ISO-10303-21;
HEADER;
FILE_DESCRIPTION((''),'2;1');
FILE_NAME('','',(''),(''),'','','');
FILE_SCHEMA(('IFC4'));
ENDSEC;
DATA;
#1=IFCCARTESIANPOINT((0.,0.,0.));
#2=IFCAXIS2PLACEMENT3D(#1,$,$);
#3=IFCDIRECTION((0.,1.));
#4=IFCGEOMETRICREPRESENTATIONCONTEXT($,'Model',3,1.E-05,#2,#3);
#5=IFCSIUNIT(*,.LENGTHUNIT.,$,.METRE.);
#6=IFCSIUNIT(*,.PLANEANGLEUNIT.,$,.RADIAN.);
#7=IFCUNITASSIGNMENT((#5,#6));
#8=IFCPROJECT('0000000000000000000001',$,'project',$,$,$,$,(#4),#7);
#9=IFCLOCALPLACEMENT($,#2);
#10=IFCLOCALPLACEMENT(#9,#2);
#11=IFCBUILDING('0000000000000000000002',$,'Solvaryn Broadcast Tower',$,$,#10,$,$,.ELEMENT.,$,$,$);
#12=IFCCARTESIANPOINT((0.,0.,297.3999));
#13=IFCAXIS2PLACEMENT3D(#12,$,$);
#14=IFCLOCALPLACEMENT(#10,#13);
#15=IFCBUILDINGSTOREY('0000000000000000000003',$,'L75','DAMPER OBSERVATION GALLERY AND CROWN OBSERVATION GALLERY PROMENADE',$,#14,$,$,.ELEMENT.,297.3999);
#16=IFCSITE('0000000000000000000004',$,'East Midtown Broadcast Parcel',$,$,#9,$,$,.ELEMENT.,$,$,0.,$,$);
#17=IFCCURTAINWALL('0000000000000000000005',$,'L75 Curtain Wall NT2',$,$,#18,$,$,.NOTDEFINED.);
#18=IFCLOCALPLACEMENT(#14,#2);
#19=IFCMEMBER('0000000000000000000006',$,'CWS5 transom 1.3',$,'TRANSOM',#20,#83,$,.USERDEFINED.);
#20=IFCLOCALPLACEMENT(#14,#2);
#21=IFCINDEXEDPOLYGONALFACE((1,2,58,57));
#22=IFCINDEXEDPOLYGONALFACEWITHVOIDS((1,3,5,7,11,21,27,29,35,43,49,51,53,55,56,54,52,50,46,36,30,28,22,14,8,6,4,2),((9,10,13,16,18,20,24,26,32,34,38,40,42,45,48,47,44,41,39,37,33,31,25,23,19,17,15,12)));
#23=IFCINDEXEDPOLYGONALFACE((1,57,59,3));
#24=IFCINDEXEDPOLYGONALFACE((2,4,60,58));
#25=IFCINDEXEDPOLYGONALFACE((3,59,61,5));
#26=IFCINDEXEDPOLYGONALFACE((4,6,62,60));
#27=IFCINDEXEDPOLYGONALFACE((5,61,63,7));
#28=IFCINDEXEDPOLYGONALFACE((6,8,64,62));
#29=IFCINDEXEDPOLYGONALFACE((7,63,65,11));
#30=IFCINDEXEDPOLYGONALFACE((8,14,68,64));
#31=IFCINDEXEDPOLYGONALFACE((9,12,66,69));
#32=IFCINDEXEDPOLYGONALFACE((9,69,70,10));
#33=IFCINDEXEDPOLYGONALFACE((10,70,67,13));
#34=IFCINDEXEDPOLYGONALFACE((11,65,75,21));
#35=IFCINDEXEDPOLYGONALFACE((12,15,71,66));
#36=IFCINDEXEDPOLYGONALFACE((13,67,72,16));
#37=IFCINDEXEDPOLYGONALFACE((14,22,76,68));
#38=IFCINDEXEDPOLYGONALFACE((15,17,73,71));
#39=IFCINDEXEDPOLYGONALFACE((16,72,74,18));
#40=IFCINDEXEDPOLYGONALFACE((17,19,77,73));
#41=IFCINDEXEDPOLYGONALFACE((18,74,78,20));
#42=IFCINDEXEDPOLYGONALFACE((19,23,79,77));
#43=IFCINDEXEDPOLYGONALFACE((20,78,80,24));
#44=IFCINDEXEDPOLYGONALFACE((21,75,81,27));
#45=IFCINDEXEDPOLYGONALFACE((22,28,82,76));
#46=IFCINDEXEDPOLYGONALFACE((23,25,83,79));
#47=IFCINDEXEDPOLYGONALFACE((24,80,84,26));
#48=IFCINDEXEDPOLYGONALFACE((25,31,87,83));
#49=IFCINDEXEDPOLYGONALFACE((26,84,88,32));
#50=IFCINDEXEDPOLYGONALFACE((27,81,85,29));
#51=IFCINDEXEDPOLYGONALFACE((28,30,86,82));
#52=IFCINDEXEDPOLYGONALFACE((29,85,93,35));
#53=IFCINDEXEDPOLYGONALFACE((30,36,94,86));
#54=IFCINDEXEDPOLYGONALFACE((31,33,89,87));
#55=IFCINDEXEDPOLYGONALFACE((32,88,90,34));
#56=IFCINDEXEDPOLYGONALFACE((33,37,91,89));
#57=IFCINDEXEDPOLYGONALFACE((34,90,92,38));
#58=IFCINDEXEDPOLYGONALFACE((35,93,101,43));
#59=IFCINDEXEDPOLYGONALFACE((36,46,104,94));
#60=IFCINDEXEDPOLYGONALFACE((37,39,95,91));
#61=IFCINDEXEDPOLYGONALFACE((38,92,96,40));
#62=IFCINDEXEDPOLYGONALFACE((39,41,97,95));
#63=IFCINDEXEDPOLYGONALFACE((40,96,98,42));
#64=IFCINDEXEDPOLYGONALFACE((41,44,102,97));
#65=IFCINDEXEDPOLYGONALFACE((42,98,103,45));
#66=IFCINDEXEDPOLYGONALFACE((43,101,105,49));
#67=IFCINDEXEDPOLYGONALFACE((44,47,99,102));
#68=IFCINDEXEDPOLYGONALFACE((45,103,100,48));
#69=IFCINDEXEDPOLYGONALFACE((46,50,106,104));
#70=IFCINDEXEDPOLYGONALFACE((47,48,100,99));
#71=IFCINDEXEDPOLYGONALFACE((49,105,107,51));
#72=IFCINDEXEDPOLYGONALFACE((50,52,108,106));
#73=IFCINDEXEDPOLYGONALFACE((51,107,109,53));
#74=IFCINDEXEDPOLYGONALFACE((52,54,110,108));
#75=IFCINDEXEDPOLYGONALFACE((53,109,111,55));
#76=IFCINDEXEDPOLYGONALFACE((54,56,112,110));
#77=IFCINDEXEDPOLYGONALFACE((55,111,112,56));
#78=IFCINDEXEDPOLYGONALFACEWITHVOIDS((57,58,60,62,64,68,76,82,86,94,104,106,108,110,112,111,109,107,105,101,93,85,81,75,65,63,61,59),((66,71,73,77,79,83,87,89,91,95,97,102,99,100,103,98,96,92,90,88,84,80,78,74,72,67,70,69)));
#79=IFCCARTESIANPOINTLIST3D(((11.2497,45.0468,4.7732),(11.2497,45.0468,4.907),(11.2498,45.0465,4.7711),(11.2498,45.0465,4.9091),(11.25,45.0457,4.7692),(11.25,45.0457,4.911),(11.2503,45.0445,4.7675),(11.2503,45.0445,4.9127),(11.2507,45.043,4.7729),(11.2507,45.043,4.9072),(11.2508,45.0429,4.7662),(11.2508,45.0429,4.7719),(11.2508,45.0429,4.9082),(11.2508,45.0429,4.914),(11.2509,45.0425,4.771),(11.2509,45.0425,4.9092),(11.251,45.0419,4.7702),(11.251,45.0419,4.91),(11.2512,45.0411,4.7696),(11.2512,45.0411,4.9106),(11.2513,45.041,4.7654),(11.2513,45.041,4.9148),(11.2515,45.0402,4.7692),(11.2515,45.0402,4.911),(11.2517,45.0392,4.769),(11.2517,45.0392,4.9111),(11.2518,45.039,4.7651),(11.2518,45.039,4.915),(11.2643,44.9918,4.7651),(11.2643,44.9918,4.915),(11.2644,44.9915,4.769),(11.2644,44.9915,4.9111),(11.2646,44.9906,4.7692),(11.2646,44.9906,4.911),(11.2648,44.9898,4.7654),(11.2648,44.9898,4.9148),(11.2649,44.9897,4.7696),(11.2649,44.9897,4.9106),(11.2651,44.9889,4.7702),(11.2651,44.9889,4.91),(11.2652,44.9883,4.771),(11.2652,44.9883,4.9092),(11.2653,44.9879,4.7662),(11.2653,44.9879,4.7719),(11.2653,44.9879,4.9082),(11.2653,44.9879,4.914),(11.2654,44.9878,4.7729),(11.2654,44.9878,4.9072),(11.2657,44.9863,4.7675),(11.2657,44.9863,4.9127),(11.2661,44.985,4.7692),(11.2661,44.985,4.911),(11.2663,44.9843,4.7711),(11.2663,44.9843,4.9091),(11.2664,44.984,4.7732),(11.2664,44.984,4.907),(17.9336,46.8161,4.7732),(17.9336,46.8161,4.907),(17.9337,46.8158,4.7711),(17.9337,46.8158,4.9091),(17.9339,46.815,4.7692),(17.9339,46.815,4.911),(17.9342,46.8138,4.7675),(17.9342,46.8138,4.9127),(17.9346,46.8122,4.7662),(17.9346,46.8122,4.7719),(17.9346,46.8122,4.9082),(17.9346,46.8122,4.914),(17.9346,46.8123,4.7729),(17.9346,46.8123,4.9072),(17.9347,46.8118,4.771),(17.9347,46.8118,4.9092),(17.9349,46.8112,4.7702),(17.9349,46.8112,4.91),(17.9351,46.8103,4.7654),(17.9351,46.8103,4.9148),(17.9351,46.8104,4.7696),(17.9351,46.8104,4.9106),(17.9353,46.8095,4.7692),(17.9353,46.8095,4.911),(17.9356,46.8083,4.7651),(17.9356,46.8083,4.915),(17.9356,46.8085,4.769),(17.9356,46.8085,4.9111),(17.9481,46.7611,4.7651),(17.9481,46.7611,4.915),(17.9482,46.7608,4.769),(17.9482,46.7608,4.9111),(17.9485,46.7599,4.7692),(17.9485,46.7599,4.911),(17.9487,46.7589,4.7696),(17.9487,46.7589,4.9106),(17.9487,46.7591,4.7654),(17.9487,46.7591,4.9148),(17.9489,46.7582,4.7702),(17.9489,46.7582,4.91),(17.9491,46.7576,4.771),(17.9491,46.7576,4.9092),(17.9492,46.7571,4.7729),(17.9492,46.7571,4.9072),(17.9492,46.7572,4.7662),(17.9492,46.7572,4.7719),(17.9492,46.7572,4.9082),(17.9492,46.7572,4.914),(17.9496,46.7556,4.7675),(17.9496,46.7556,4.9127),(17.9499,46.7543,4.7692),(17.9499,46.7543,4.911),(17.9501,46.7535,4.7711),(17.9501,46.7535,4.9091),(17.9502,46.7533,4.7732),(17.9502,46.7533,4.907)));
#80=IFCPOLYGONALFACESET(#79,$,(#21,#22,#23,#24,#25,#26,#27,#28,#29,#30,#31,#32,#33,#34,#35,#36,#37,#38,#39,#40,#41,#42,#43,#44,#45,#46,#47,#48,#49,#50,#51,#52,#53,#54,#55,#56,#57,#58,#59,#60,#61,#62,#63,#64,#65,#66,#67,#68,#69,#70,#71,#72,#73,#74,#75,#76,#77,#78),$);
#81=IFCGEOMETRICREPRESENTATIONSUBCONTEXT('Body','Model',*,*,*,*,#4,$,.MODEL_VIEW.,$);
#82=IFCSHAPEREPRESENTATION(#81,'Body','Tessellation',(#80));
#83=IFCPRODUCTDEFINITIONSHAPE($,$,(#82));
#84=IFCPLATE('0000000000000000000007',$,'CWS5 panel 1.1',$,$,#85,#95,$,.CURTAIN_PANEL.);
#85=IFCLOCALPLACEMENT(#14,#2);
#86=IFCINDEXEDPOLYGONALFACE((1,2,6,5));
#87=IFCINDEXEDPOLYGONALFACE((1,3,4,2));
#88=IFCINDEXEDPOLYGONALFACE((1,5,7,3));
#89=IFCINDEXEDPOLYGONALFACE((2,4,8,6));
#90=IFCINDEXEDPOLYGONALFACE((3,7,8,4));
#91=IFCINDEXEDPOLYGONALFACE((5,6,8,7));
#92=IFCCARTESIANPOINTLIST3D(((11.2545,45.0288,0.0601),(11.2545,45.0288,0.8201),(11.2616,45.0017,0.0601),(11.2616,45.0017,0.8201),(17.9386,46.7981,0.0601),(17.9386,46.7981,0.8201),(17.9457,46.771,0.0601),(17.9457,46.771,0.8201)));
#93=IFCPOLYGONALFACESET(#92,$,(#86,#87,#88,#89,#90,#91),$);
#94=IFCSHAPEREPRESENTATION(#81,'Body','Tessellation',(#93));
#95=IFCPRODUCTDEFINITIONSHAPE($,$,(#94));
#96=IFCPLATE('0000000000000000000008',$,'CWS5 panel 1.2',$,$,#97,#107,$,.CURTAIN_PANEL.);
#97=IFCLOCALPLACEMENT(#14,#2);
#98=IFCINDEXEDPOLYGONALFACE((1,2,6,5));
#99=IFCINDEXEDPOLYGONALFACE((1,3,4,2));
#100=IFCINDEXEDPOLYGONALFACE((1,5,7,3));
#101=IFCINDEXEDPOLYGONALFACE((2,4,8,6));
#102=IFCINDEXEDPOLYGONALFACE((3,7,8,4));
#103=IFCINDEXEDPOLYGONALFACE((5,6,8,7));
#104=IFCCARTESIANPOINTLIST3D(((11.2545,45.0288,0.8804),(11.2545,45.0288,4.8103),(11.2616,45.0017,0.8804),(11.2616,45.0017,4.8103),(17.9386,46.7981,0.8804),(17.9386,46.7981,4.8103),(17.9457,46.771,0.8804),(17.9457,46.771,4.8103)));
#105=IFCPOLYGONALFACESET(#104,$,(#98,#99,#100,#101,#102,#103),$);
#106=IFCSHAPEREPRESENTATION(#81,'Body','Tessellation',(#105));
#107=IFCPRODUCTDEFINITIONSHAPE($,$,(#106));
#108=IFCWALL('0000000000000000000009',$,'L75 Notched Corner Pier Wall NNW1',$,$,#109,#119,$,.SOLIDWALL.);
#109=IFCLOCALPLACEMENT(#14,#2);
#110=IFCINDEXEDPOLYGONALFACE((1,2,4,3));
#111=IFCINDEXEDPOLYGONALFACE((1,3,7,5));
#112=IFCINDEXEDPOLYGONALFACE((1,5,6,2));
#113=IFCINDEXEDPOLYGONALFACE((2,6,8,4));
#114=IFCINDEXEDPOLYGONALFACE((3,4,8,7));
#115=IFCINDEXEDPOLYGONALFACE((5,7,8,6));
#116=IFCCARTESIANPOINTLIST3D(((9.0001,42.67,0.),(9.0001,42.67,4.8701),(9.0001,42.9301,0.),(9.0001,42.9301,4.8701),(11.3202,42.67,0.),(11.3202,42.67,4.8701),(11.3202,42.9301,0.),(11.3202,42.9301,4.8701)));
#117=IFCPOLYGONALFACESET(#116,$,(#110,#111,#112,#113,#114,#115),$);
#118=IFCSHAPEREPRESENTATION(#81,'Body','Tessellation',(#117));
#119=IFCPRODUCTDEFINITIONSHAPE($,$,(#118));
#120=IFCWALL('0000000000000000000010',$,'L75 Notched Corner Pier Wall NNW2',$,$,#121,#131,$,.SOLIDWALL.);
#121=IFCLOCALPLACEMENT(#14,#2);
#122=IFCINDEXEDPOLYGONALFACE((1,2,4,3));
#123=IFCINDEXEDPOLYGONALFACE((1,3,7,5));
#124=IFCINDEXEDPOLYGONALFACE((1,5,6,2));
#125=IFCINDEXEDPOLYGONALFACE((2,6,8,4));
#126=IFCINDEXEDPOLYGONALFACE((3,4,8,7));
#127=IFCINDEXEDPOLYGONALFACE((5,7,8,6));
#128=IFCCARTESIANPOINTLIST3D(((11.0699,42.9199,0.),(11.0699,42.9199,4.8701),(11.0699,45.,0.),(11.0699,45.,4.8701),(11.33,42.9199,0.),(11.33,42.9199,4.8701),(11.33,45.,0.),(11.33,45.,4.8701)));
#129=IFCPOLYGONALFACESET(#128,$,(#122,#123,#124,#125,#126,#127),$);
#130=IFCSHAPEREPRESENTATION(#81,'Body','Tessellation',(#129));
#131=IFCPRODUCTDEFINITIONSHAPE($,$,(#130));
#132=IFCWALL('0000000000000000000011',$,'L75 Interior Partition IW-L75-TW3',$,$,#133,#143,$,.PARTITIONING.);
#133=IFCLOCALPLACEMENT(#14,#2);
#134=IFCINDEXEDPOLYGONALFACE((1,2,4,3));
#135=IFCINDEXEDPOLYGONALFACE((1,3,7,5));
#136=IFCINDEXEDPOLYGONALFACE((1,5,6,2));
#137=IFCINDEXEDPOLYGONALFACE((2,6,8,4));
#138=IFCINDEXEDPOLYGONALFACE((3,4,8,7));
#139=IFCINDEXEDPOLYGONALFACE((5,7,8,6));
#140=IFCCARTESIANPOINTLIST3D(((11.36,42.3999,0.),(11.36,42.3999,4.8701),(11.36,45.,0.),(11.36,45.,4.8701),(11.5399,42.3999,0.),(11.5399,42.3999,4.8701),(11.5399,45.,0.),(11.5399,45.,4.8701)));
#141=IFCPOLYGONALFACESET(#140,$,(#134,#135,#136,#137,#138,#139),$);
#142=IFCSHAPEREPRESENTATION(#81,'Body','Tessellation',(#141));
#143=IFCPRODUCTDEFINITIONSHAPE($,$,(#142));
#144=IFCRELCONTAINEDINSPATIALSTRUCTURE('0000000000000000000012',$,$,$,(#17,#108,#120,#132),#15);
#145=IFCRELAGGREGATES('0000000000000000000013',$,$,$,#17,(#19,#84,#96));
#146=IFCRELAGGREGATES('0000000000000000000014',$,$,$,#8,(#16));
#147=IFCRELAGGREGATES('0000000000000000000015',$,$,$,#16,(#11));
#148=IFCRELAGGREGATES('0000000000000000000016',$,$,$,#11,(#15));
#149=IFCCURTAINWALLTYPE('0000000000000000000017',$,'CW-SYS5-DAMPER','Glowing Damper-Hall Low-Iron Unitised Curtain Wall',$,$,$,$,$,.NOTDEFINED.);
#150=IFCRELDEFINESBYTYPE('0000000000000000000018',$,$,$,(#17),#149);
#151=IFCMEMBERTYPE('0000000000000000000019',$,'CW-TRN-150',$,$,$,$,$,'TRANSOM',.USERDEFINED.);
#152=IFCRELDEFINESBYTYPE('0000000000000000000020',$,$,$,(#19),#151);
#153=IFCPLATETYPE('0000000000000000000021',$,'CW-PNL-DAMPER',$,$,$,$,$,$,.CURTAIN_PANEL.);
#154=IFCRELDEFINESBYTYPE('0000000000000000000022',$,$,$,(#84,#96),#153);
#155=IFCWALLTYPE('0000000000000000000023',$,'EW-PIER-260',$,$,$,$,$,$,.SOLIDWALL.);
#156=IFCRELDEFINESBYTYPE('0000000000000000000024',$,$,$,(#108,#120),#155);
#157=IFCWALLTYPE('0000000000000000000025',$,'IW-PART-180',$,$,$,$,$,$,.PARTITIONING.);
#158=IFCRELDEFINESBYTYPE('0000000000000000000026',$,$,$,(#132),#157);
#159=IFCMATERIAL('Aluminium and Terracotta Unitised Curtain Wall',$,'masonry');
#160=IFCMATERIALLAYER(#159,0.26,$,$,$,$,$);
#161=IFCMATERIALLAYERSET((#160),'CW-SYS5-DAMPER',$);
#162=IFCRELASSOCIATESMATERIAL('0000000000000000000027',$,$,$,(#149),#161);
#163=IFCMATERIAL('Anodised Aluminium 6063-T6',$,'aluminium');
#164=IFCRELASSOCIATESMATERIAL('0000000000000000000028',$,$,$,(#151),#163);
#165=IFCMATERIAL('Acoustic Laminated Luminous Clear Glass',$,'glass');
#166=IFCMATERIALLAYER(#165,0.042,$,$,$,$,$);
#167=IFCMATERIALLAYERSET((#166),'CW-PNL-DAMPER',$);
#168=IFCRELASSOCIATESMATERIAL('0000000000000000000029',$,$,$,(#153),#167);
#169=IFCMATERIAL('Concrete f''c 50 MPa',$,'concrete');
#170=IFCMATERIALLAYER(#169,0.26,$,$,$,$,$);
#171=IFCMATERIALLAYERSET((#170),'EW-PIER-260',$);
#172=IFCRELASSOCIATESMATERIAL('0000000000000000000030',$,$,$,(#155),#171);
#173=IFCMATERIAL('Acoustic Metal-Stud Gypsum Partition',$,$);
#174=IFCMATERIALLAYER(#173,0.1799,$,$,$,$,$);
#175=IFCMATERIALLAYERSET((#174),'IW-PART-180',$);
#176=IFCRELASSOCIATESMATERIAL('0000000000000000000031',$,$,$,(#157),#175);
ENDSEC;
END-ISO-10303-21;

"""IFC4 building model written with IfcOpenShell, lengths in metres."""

from ifc_helpers import new_model, si_unit, direction, frame, frame_2d, origin, origin_2d, place, context, subcontext, project, spatial, rectangle, hollow_rectangle, extrude, material, layer, layer_set, material_profile, profile_set, type_object, element, aggregate, save


model = new_model("IFC4")

# Units and contexts
model_context = context("Model", 3, precision=1e-05, world=origin(), true_north=direction((0.0, 1.0)))
body_context = subcontext(model_context, "Body", "Model", "MODEL_VIEW")
ifc_project = project(units=[si_unit("LENGTHUNIT", "METRE"), si_unit("PLANEANGLEUNIT", "RADIAN")], contexts=[model_context])

# Site, building, storey
site_placement = place(None, origin())
site = spatial("IfcSite", under=ifc_project, at=site_placement, Name="East Midtown Broadcast Parcel", CompositionType="ELEMENT", RefElevation=0.0)
building_placement = place(site_placement, origin())
building = spatial("IfcBuilding", under=site, at=building_placement, Name="Solvaryn Broadcast Tower", CompositionType="ELEMENT")
storey_placement = place(building_placement, frame((0.0, 0.0, 297.3999)))
storey = spatial("IfcBuildingStorey", under=building, at=storey_placement, Name="L75", Description="DAMPER OBSERVATION GALLERY AND CROWN OBSERVATION GALLERY PROMENADE", CompositionType="ELEMENT", Elevation=297.3999)

# Shared definitions
ifc_material_1 = material(Name="Aluminium and Terracotta Unitised Curtain Wall", Category="masonry")
ifc_layer_1 = layer(ifc_material_1, 0.26)
ifc_layer_set_1 = layer_set([ifc_layer_1], Name="CW-SYS5-DAMPER")
curtain_wall_type = type_object("IfcCurtainWallType", Name="CW-SYS5-DAMPER", Description="Glowing Damper-Hall Low-Iron Unitised Curtain Wall", PredefinedType="NOTDEFINED", material=ifc_layer_set_1)

# Curtain wall
curtain_wall_1_placement = place(storey_placement, origin())
curtain_wall_1 = element("IfcCurtainWall", 1, at=curtain_wall_1_placement, inside=storey, type_object=curtain_wall_type, Name="L75 Curtain Wall NT2", PredefinedType="NOTDEFINED")

# Member
ifc_material_2 = material(Name="Anodised Aluminium 6063-T6", Category="aluminium")
ifc_material_profile_1 = material_profile(ifc_material_2, hollow_rectangle(XDim=0.0649, YDim=0.1499, WallThickness=0.0039, InnerFilletRadius=0.0039, OuterFilletRadius=0.0081, at=origin_2d()))
ifc_profile_set_1 = profile_set([ifc_material_profile_1], Name="Anodised Aluminium 6063-T6")
member_type_1 = type_object("IfcMemberType", Name="CW-TRN-150", ElementType="TRANSOM", PredefinedType="USERDEFINED", material=ifc_profile_set_1)
member_1_placement = place(storey_placement, frame((17.9419, 46.7847, 4.8401), z_axis=(-0.966704, -0.255897, 0.0), x_axis=(0.255897, -0.966704, 0.0)))
member_1 = element("IfcMember", 2, at=member_1_placement, type_object=member_type_1, Name="CWS5 transom 1.3", ObjectType="TRANSOM", PredefinedType="USERDEFINED", context=body_context, shape_type="SweptSolid", body=[
    extrude(hollow_rectangle(XDim=0.0649, YDim=0.1499, WallThickness=0.0039, InnerFilletRadius=0.0039, OuterFilletRadius=0.0081, at=origin_2d()), origin(), (0.0, 0.0, 1.0), 6.9141),
])

# Plates
ifc_material_3 = material(Name="Acoustic Laminated Luminous Clear Glass", Category="glass")
ifc_layer_2 = layer(ifc_material_3, 0.042)
ifc_layer_set_2 = layer_set([ifc_layer_2], Name="CW-PNL-DAMPER")
plate_type = type_object("IfcPlateType", Name="CW-PNL-DAMPER", PredefinedType="CURTAIN_PANEL", material=ifc_layer_set_2)
plate_1_placement = place(storey_placement, frame((14.6001, 45.8999, 0.0601), z_axis=(0.0, 0.0, 1.0), x_axis=(-0.966705, -0.255893, 0.0)))
plate_1 = element("IfcPlate", 3, at=plate_1_placement, type_object=plate_type, Name="CWS5 panel 1.1", PredefinedType="CURTAIN_PANEL", context=body_context, shape_type="SweptSolid", body=[
    extrude(rectangle(XDim=6.9143, YDim=0.0281, at=origin_2d()), origin(), (0.0, 0.0, 1.0), 0.76),
])
plate_2_placement = place(storey_placement, frame((14.6001, 45.8999, 0.8804), z_axis=(0.0, 0.0, 1.0), x_axis=(-0.966705, -0.255893, 0.0)))
plate_2 = element("IfcPlate", 4, at=plate_2_placement, type_object=plate_type, Name="CWS5 panel 1.2", PredefinedType="CURTAIN_PANEL", context=body_context, shape_type="SweptSolid", body=[
    extrude(rectangle(XDim=6.9143, YDim=0.0281, at=origin_2d()), origin(), (0.0, 0.0, 1.0), 3.9299),
])
aggregate(curtain_wall_1, [member_1, plate_1, plate_2])

# Walls
ifc_material_4 = material(Name="Concrete f'c 50 MPa", Category="concrete")
ifc_layer_3 = layer(ifc_material_4, 0.26)
ifc_layer_set_3 = layer_set([ifc_layer_3], Name="EW-PIER-260")
wall_type_1 = type_object("IfcWallType", Name="EW-PIER-260", PredefinedType="SOLIDWALL", material=ifc_layer_set_3)
wall_1_placement = place(storey_placement, frame((9.0, 42.8, 0.0), z_axis=(0.0, 0.0, 1.0), x_axis=(1.0, 0.0, 0.0)))
element("IfcWall", 5, at=wall_1_placement, inside=storey, type_object=wall_type_1, Name="L75 Notched Corner Pier Wall NNW1", PredefinedType="SOLIDWALL", context=body_context, shape_type="SweptSolid", body=[
    extrude(rectangle(XDim=2.3201, YDim=0.26, at=frame_2d((1.1602, 0.0))), origin(), (0.0, 0.0, 1.0), 4.8701),
])
wall_2_placement = place(storey_placement, frame((11.2, 42.9199, 0.0), z_axis=(0.0, 0.0, 1.0), x_axis=(0.0, 1.0, 0.0)))
element("IfcWall", 6, at=wall_2_placement, inside=storey, type_object=wall_type_1, Name="L75 Notched Corner Pier Wall NNW2", PredefinedType="SOLIDWALL", context=body_context, shape_type="SweptSolid", body=[
    extrude(rectangle(XDim=2.0801, YDim=0.26, at=frame_2d((1.04, 0.0))), origin(), (0.0, 0.0, 1.0), 4.8701),
])
ifc_material_5 = material(Name="Acoustic Metal-Stud Gypsum Partition")
ifc_layer_4 = layer(ifc_material_5, 0.1799)
ifc_layer_set_4 = layer_set([ifc_layer_4], Name="IW-PART-180")
wall_type_2 = type_object("IfcWallType", Name="IW-PART-180", PredefinedType="PARTITIONING", material=ifc_layer_set_4)
wall_3_placement = place(storey_placement, frame((11.45, 42.3999, 0.0), z_axis=(0.0, 0.0, 1.0), x_axis=(0.0, 1.0, 0.0)))
element("IfcWall", 7, at=wall_3_placement, inside=storey, type_object=wall_type_2, Name="L75 Interior Partition IW-L75-TW3", PredefinedType="PARTITIONING", context=body_context, shape_type="SweptSolid", body=[
    extrude(rectangle(XDim=2.6001, YDim=0.1799, at=frame_2d((1.3, 0.0))), origin(), (0.0, 0.0, 1.0), 4.8701),
])

save(model, "model.ifc")
